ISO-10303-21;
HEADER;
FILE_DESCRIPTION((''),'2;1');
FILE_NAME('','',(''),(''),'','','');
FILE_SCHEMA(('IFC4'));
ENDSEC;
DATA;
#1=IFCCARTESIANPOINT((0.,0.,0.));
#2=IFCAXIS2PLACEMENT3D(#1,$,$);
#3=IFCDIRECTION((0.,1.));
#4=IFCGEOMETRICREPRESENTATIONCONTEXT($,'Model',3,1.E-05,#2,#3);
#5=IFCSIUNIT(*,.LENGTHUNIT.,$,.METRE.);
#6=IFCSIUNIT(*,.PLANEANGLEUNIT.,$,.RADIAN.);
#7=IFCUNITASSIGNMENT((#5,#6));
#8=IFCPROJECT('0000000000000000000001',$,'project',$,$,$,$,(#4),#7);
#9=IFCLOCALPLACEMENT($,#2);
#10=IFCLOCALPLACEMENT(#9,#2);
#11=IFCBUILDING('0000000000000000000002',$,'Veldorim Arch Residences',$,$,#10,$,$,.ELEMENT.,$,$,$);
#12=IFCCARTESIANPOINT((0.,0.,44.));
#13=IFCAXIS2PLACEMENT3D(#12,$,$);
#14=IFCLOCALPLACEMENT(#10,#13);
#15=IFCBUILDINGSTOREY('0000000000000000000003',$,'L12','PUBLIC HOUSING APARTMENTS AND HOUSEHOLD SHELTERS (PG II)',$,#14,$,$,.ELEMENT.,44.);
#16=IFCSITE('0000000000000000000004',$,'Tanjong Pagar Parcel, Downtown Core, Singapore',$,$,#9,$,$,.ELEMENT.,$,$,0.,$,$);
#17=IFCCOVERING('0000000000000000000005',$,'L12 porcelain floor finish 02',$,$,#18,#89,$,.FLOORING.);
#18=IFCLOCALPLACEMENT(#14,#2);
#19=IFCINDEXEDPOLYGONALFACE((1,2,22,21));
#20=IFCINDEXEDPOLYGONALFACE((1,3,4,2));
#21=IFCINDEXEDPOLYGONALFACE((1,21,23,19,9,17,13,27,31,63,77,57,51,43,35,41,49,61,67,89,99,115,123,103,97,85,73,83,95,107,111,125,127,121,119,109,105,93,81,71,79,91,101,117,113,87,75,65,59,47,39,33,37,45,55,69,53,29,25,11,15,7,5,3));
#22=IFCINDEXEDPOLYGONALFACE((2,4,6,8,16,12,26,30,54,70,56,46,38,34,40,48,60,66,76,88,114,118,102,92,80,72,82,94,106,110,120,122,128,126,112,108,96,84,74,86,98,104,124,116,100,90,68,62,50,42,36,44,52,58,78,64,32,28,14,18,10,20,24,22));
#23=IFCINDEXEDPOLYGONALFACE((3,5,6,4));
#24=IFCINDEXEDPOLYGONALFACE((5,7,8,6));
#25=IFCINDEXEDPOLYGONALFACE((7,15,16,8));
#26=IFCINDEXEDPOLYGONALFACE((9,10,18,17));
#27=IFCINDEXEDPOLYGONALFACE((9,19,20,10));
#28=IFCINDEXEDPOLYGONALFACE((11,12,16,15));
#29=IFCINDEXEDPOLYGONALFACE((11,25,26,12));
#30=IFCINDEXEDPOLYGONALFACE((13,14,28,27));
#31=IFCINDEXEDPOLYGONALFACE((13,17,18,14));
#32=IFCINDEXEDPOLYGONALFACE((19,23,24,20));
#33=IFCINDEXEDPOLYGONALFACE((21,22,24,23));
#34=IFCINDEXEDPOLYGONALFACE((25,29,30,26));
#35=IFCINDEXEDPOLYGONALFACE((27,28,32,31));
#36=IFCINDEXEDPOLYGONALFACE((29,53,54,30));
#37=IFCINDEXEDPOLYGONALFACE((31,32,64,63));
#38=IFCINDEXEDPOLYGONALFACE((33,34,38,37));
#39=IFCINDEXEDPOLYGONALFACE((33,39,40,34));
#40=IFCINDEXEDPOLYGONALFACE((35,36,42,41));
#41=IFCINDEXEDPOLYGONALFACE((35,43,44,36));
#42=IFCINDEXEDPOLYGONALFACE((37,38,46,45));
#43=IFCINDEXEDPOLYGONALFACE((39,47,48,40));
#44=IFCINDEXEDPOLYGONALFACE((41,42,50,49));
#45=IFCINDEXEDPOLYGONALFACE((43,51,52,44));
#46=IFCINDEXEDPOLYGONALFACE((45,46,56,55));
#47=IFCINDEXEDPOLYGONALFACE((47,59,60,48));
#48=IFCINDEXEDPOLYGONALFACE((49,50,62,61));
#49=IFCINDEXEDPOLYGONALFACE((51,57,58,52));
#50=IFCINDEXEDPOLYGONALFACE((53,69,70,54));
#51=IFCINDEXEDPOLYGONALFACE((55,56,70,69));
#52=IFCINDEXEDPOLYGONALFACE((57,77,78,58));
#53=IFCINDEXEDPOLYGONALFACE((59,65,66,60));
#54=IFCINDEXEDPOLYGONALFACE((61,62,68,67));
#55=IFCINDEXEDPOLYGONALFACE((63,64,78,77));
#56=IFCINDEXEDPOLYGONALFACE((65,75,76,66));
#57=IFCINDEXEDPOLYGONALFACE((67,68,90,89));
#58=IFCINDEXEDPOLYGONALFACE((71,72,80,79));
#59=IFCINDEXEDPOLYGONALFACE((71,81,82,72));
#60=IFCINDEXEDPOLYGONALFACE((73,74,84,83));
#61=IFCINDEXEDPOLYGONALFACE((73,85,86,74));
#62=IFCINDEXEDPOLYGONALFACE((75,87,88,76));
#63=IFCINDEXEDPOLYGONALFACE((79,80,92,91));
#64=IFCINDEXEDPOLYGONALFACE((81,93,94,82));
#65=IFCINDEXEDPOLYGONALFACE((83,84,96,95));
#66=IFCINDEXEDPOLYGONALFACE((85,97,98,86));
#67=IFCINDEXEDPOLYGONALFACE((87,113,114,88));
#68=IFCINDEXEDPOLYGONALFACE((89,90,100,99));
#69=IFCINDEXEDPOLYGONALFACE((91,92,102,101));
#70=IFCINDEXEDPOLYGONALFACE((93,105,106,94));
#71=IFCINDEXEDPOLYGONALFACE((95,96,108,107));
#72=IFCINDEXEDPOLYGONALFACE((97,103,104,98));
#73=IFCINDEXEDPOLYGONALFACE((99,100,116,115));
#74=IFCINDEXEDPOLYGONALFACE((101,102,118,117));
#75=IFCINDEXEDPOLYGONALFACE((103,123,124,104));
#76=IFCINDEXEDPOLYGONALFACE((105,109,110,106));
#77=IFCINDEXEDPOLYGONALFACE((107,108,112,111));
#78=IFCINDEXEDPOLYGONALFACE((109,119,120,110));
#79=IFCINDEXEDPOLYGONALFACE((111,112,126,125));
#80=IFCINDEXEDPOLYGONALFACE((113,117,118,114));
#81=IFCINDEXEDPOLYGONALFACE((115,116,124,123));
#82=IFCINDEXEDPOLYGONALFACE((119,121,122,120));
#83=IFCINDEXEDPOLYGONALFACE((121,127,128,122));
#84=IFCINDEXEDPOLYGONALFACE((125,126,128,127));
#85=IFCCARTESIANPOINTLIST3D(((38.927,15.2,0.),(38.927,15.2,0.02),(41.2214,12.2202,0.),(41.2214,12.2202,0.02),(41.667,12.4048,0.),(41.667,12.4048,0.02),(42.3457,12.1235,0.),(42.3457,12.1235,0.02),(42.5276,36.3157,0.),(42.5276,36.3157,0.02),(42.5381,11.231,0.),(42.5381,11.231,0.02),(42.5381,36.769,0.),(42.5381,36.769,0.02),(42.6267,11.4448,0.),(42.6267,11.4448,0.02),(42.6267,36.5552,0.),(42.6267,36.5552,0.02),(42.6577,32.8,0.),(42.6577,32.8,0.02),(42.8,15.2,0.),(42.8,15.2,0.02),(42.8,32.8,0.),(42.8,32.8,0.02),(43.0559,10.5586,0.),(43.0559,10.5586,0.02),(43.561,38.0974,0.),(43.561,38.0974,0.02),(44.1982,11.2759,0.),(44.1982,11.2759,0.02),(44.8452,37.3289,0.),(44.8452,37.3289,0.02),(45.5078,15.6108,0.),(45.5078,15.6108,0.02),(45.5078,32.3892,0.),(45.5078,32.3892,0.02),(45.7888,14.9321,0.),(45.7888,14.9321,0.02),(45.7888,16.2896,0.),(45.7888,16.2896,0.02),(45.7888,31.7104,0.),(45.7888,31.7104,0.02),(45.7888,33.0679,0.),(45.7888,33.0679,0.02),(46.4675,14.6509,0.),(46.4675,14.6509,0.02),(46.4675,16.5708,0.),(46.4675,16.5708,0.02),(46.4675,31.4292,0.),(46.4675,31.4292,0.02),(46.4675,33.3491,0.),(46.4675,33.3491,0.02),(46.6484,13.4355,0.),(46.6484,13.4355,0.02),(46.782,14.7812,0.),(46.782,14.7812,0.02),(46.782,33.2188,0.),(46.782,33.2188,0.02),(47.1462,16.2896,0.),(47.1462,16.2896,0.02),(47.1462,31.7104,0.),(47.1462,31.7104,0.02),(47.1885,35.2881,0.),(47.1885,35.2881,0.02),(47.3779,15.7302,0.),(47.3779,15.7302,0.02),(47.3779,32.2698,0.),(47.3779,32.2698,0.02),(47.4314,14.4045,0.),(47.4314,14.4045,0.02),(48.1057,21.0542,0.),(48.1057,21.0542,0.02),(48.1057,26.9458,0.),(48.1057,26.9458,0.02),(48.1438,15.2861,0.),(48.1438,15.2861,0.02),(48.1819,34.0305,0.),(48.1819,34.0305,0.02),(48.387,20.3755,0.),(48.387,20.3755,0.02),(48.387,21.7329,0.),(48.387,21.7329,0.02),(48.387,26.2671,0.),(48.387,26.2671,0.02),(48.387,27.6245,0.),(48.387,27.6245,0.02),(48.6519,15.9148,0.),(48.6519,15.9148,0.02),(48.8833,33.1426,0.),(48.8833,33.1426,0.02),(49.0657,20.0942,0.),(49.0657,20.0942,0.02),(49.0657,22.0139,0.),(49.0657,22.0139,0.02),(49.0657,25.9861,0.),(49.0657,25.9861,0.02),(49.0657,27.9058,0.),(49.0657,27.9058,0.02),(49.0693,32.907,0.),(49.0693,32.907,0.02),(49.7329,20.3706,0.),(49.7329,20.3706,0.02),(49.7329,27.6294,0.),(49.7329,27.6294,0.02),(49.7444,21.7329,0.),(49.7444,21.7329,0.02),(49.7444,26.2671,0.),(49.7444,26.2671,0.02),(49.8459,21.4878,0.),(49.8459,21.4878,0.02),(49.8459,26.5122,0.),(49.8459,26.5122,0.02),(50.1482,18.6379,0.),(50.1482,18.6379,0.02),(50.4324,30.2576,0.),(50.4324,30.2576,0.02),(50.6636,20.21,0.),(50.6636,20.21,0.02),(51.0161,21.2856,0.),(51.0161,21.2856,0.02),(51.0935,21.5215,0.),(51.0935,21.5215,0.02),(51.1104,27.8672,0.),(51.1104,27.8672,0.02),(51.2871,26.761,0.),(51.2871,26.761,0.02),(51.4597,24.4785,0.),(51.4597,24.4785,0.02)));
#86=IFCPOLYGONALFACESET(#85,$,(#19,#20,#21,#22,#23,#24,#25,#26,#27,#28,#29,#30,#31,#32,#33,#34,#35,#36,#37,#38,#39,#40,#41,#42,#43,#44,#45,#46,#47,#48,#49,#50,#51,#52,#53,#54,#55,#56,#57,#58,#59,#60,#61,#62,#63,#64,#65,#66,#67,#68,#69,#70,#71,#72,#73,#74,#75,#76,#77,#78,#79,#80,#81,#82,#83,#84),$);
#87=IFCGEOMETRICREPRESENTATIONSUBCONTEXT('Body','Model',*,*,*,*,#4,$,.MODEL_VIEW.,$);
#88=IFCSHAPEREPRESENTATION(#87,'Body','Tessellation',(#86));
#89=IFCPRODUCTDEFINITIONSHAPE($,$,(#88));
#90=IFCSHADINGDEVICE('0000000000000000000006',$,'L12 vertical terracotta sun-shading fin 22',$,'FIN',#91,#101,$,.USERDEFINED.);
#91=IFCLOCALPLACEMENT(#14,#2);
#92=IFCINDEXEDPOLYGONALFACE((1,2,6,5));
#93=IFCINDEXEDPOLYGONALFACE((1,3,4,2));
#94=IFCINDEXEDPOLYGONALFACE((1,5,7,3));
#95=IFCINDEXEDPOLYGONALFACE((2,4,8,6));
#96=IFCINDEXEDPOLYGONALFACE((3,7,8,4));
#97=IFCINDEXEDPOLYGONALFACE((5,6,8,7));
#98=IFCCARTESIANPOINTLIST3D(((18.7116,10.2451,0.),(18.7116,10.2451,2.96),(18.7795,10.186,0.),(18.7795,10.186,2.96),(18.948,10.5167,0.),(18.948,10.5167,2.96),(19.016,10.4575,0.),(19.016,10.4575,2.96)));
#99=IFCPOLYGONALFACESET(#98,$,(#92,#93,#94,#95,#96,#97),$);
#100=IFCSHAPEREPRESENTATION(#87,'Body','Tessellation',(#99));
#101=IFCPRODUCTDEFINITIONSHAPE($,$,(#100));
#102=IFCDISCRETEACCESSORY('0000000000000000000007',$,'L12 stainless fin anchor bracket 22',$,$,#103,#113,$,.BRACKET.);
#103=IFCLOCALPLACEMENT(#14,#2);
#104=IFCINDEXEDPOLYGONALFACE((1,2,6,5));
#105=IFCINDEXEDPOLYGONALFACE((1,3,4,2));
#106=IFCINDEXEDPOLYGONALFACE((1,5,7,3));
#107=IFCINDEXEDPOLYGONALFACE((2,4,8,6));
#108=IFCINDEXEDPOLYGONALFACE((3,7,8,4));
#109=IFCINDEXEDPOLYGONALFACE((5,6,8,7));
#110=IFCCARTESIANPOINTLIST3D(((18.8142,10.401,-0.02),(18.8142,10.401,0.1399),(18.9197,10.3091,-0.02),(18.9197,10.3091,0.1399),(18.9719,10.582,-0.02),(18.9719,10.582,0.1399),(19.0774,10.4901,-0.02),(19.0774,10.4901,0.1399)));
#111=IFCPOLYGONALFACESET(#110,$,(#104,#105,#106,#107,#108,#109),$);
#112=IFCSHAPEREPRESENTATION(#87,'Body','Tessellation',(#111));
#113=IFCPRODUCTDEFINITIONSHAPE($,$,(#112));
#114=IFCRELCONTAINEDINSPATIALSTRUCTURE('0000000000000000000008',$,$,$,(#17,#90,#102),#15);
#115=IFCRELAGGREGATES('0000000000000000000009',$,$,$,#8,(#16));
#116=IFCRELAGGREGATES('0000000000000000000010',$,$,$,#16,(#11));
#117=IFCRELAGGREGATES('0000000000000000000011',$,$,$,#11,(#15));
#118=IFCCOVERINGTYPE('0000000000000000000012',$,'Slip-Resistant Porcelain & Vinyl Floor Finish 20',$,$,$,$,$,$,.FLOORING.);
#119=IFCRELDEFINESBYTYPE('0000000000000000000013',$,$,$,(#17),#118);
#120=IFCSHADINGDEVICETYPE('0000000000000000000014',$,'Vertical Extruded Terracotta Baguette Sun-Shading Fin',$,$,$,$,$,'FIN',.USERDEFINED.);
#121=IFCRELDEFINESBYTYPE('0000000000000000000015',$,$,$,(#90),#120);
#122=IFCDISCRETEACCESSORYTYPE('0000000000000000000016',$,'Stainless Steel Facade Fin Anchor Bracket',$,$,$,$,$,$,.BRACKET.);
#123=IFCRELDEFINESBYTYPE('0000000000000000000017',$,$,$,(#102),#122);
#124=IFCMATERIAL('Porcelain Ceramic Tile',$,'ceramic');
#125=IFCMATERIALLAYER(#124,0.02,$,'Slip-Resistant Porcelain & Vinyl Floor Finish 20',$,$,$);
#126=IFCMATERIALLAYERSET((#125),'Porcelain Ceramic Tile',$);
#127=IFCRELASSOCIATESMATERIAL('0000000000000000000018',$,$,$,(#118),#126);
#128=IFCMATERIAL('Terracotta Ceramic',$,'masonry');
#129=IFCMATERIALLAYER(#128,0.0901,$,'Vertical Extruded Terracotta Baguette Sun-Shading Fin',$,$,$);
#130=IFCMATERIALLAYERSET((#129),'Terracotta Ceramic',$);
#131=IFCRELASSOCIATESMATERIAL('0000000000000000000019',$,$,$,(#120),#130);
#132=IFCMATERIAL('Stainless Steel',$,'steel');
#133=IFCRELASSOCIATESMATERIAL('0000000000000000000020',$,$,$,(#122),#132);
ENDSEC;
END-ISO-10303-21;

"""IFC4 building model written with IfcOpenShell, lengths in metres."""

from ifc_helpers import new_model, si_unit, direction, frame, origin, origin_2d, place, context, subcontext, project, spatial, polyline, rectangle, outline, extrude, material, layer, layer_set, type_object, element, save


model = new_model("IFC4")

# Units and contexts
model_context = context("Model", 3, precision=1e-05, world=origin(), true_north=direction((0.0, 1.0)))
body_context = subcontext(model_context, "Body", "Model", "MODEL_VIEW")
ifc_project = project(units=[si_unit("LENGTHUNIT", "METRE"), si_unit("PLANEANGLEUNIT", "RADIAN")], contexts=[model_context])

# Site, building, storey
site_placement = place(None, origin())
site = spatial("IfcSite", under=ifc_project, at=site_placement, Name="Tanjong Pagar Parcel, Downtown Core, Singapore", CompositionType="ELEMENT", RefElevation=0.0)
building_placement = place(site_placement, origin())
building = spatial("IfcBuilding", under=site, at=building_placement, Name="Veldorim Arch Residences", CompositionType="ELEMENT")
storey_placement = place(building_placement, frame((0.0, 0.0, 44.0)))
storey = spatial("IfcBuildingStorey", under=building, at=storey_placement, Name="L12", Description="PUBLIC HOUSING APARTMENTS AND HOUSEHOLD SHELTERS (PG II)", CompositionType="ELEMENT", Elevation=44.0)

# Covering
ifc_material_1 = material(Name="Porcelain Ceramic Tile", Category="ceramic")
ifc_layer_1 = layer(ifc_material_1, 0.02, Name="Slip-Resistant Porcelain & Vinyl Floor Finish 20")
ifc_layer_set_1 = layer_set([ifc_layer_1], Name="Porcelain Ceramic Tile")
covering_type_1 = type_object("IfcCoveringType", Name="Slip-Resistant Porcelain & Vinyl Floor Finish 20", PredefinedType="FLOORING", material=ifc_layer_set_1)
covering_1_placement = place(storey_placement, origin())
element("IfcCovering", 1, at=covering_1_placement, inside=storey, type_object=covering_type_1, Name="L12 porcelain floor finish 02", PredefinedType="FLOORING", context=body_context, shape_type="SweptSolid", body=[
    extrude(outline(polyline([(48.387, 21.7329), (48.1057, 21.0542), (48.387, 20.3755), (49.0657, 20.0942), (49.7329, 20.3706), (50.6636, 20.21), (50.1482, 18.6379), (48.6519, 15.9148), (48.1438, 15.2861), (47.3779, 15.7302), (47.1462, 16.2896), (46.4675, 16.5708), (45.7888, 16.2896), (45.5078, 15.6108), (45.7888, 14.9321), (46.4675, 14.6509), (46.782, 14.7812), (47.4314, 14.4045), (46.6484, 13.4355), (44.1982, 11.2759), (43.0559, 10.5586), (42.5381, 11.231), (42.6267, 11.4448), (42.3457, 12.1235), (41.667, 12.4048), (41.2214, 12.2202), (38.927, 15.2), (42.8, 15.2), (42.8, 32.8), (42.6577, 32.8), (42.5276, 36.3157), (42.6267, 36.5552), (42.5381, 36.769), (43.561, 38.0974), (44.8452, 37.3289), (47.1885, 35.2881), (48.1819, 34.0305), (46.782, 33.2188), (46.4675, 33.3491), (45.7888, 33.0679), (45.5078, 32.3892), (45.7888, 31.7104), (46.4675, 31.4292), (47.1462, 31.7104), (47.3779, 32.2698), (48.8833, 33.1426), (49.0693, 32.907), (50.4324, 30.2576), (51.1104, 27.8672), (49.7329, 27.6294), (49.0657, 27.9058), (48.387, 27.6245), (48.1057, 26.9458), (48.387, 26.2671), (49.0657, 25.9861), (49.7444, 26.2671), (49.8459, 26.5122), (51.2871, 26.761), (51.4597, 24.4785), (51.0935, 21.5215), (51.0161, 21.2856), (49.8459, 21.4878), (49.7444, 21.7329), (49.0657, 22.0139), (48.387, 21.7329)])), origin(), (0.0, 0.0, 1.0), 0.02),
])

# Shading device
ifc_material_2 = material(Name="Terracotta Ceramic", Category="masonry")
ifc_layer_2 = layer(ifc_material_2, 0.0901, Name="Vertical Extruded Terracotta Baguette Sun-Shading Fin")
ifc_layer_set_2 = layer_set([ifc_layer_2], Name="Terracotta Ceramic")
shading_device_type = type_object("IfcShadingDeviceType", Name="Vertical Extruded Terracotta Baguette Sun-Shading Fin", ElementType="FIN", PredefinedType="USERDEFINED", material=ifc_layer_set_2)
shading_device_placement = place(storey_placement, frame((18.8638, 10.3513, 0.0), z_axis=(0.0, 0.0, 1.0), x_axis=(-0.754137, 0.656717, 0.0)))
element("IfcShadingDevice", 2, at=shading_device_placement, inside=storey, type_object=shading_device_type, Name="L12 vertical terracotta sun-shading fin 22", ObjectType="FIN", PredefinedType="USERDEFINED", context=body_context, shape_type="SweptSolid", body=[
    extrude(rectangle(XDim=0.0901, YDim=0.3601, at=origin_2d()), origin(), (0.0, 0.0, 1.0), 2.96),
])

# Discrete accessory
ifc_material_3 = material(Name="Stainless Steel", Category="steel")
discrete_accessory_type = type_object("IfcDiscreteAccessoryType", Name="Stainless Steel Facade Fin Anchor Bracket", PredefinedType="BRACKET", material=ifc_material_3)
discrete_accessory_placement = place(storey_placement, frame((18.9458, 10.4456, -0.02), z_axis=(0.0, 0.0, 1.0), x_axis=(-0.754137, 0.656717, 0.0)))
element("IfcDiscreteAccessory", 3, at=discrete_accessory_placement, inside=storey, type_object=discrete_accessory_type, Name="L12 stainless fin anchor bracket 22", PredefinedType="BRACKET", context=body_context, shape_type="SweptSolid", body=[
    extrude(rectangle(XDim=0.1399, YDim=0.24, at=origin_2d()), origin(), (0.0, 0.0, 1.0), 0.1599),
])

save(model, "model.ifc")
